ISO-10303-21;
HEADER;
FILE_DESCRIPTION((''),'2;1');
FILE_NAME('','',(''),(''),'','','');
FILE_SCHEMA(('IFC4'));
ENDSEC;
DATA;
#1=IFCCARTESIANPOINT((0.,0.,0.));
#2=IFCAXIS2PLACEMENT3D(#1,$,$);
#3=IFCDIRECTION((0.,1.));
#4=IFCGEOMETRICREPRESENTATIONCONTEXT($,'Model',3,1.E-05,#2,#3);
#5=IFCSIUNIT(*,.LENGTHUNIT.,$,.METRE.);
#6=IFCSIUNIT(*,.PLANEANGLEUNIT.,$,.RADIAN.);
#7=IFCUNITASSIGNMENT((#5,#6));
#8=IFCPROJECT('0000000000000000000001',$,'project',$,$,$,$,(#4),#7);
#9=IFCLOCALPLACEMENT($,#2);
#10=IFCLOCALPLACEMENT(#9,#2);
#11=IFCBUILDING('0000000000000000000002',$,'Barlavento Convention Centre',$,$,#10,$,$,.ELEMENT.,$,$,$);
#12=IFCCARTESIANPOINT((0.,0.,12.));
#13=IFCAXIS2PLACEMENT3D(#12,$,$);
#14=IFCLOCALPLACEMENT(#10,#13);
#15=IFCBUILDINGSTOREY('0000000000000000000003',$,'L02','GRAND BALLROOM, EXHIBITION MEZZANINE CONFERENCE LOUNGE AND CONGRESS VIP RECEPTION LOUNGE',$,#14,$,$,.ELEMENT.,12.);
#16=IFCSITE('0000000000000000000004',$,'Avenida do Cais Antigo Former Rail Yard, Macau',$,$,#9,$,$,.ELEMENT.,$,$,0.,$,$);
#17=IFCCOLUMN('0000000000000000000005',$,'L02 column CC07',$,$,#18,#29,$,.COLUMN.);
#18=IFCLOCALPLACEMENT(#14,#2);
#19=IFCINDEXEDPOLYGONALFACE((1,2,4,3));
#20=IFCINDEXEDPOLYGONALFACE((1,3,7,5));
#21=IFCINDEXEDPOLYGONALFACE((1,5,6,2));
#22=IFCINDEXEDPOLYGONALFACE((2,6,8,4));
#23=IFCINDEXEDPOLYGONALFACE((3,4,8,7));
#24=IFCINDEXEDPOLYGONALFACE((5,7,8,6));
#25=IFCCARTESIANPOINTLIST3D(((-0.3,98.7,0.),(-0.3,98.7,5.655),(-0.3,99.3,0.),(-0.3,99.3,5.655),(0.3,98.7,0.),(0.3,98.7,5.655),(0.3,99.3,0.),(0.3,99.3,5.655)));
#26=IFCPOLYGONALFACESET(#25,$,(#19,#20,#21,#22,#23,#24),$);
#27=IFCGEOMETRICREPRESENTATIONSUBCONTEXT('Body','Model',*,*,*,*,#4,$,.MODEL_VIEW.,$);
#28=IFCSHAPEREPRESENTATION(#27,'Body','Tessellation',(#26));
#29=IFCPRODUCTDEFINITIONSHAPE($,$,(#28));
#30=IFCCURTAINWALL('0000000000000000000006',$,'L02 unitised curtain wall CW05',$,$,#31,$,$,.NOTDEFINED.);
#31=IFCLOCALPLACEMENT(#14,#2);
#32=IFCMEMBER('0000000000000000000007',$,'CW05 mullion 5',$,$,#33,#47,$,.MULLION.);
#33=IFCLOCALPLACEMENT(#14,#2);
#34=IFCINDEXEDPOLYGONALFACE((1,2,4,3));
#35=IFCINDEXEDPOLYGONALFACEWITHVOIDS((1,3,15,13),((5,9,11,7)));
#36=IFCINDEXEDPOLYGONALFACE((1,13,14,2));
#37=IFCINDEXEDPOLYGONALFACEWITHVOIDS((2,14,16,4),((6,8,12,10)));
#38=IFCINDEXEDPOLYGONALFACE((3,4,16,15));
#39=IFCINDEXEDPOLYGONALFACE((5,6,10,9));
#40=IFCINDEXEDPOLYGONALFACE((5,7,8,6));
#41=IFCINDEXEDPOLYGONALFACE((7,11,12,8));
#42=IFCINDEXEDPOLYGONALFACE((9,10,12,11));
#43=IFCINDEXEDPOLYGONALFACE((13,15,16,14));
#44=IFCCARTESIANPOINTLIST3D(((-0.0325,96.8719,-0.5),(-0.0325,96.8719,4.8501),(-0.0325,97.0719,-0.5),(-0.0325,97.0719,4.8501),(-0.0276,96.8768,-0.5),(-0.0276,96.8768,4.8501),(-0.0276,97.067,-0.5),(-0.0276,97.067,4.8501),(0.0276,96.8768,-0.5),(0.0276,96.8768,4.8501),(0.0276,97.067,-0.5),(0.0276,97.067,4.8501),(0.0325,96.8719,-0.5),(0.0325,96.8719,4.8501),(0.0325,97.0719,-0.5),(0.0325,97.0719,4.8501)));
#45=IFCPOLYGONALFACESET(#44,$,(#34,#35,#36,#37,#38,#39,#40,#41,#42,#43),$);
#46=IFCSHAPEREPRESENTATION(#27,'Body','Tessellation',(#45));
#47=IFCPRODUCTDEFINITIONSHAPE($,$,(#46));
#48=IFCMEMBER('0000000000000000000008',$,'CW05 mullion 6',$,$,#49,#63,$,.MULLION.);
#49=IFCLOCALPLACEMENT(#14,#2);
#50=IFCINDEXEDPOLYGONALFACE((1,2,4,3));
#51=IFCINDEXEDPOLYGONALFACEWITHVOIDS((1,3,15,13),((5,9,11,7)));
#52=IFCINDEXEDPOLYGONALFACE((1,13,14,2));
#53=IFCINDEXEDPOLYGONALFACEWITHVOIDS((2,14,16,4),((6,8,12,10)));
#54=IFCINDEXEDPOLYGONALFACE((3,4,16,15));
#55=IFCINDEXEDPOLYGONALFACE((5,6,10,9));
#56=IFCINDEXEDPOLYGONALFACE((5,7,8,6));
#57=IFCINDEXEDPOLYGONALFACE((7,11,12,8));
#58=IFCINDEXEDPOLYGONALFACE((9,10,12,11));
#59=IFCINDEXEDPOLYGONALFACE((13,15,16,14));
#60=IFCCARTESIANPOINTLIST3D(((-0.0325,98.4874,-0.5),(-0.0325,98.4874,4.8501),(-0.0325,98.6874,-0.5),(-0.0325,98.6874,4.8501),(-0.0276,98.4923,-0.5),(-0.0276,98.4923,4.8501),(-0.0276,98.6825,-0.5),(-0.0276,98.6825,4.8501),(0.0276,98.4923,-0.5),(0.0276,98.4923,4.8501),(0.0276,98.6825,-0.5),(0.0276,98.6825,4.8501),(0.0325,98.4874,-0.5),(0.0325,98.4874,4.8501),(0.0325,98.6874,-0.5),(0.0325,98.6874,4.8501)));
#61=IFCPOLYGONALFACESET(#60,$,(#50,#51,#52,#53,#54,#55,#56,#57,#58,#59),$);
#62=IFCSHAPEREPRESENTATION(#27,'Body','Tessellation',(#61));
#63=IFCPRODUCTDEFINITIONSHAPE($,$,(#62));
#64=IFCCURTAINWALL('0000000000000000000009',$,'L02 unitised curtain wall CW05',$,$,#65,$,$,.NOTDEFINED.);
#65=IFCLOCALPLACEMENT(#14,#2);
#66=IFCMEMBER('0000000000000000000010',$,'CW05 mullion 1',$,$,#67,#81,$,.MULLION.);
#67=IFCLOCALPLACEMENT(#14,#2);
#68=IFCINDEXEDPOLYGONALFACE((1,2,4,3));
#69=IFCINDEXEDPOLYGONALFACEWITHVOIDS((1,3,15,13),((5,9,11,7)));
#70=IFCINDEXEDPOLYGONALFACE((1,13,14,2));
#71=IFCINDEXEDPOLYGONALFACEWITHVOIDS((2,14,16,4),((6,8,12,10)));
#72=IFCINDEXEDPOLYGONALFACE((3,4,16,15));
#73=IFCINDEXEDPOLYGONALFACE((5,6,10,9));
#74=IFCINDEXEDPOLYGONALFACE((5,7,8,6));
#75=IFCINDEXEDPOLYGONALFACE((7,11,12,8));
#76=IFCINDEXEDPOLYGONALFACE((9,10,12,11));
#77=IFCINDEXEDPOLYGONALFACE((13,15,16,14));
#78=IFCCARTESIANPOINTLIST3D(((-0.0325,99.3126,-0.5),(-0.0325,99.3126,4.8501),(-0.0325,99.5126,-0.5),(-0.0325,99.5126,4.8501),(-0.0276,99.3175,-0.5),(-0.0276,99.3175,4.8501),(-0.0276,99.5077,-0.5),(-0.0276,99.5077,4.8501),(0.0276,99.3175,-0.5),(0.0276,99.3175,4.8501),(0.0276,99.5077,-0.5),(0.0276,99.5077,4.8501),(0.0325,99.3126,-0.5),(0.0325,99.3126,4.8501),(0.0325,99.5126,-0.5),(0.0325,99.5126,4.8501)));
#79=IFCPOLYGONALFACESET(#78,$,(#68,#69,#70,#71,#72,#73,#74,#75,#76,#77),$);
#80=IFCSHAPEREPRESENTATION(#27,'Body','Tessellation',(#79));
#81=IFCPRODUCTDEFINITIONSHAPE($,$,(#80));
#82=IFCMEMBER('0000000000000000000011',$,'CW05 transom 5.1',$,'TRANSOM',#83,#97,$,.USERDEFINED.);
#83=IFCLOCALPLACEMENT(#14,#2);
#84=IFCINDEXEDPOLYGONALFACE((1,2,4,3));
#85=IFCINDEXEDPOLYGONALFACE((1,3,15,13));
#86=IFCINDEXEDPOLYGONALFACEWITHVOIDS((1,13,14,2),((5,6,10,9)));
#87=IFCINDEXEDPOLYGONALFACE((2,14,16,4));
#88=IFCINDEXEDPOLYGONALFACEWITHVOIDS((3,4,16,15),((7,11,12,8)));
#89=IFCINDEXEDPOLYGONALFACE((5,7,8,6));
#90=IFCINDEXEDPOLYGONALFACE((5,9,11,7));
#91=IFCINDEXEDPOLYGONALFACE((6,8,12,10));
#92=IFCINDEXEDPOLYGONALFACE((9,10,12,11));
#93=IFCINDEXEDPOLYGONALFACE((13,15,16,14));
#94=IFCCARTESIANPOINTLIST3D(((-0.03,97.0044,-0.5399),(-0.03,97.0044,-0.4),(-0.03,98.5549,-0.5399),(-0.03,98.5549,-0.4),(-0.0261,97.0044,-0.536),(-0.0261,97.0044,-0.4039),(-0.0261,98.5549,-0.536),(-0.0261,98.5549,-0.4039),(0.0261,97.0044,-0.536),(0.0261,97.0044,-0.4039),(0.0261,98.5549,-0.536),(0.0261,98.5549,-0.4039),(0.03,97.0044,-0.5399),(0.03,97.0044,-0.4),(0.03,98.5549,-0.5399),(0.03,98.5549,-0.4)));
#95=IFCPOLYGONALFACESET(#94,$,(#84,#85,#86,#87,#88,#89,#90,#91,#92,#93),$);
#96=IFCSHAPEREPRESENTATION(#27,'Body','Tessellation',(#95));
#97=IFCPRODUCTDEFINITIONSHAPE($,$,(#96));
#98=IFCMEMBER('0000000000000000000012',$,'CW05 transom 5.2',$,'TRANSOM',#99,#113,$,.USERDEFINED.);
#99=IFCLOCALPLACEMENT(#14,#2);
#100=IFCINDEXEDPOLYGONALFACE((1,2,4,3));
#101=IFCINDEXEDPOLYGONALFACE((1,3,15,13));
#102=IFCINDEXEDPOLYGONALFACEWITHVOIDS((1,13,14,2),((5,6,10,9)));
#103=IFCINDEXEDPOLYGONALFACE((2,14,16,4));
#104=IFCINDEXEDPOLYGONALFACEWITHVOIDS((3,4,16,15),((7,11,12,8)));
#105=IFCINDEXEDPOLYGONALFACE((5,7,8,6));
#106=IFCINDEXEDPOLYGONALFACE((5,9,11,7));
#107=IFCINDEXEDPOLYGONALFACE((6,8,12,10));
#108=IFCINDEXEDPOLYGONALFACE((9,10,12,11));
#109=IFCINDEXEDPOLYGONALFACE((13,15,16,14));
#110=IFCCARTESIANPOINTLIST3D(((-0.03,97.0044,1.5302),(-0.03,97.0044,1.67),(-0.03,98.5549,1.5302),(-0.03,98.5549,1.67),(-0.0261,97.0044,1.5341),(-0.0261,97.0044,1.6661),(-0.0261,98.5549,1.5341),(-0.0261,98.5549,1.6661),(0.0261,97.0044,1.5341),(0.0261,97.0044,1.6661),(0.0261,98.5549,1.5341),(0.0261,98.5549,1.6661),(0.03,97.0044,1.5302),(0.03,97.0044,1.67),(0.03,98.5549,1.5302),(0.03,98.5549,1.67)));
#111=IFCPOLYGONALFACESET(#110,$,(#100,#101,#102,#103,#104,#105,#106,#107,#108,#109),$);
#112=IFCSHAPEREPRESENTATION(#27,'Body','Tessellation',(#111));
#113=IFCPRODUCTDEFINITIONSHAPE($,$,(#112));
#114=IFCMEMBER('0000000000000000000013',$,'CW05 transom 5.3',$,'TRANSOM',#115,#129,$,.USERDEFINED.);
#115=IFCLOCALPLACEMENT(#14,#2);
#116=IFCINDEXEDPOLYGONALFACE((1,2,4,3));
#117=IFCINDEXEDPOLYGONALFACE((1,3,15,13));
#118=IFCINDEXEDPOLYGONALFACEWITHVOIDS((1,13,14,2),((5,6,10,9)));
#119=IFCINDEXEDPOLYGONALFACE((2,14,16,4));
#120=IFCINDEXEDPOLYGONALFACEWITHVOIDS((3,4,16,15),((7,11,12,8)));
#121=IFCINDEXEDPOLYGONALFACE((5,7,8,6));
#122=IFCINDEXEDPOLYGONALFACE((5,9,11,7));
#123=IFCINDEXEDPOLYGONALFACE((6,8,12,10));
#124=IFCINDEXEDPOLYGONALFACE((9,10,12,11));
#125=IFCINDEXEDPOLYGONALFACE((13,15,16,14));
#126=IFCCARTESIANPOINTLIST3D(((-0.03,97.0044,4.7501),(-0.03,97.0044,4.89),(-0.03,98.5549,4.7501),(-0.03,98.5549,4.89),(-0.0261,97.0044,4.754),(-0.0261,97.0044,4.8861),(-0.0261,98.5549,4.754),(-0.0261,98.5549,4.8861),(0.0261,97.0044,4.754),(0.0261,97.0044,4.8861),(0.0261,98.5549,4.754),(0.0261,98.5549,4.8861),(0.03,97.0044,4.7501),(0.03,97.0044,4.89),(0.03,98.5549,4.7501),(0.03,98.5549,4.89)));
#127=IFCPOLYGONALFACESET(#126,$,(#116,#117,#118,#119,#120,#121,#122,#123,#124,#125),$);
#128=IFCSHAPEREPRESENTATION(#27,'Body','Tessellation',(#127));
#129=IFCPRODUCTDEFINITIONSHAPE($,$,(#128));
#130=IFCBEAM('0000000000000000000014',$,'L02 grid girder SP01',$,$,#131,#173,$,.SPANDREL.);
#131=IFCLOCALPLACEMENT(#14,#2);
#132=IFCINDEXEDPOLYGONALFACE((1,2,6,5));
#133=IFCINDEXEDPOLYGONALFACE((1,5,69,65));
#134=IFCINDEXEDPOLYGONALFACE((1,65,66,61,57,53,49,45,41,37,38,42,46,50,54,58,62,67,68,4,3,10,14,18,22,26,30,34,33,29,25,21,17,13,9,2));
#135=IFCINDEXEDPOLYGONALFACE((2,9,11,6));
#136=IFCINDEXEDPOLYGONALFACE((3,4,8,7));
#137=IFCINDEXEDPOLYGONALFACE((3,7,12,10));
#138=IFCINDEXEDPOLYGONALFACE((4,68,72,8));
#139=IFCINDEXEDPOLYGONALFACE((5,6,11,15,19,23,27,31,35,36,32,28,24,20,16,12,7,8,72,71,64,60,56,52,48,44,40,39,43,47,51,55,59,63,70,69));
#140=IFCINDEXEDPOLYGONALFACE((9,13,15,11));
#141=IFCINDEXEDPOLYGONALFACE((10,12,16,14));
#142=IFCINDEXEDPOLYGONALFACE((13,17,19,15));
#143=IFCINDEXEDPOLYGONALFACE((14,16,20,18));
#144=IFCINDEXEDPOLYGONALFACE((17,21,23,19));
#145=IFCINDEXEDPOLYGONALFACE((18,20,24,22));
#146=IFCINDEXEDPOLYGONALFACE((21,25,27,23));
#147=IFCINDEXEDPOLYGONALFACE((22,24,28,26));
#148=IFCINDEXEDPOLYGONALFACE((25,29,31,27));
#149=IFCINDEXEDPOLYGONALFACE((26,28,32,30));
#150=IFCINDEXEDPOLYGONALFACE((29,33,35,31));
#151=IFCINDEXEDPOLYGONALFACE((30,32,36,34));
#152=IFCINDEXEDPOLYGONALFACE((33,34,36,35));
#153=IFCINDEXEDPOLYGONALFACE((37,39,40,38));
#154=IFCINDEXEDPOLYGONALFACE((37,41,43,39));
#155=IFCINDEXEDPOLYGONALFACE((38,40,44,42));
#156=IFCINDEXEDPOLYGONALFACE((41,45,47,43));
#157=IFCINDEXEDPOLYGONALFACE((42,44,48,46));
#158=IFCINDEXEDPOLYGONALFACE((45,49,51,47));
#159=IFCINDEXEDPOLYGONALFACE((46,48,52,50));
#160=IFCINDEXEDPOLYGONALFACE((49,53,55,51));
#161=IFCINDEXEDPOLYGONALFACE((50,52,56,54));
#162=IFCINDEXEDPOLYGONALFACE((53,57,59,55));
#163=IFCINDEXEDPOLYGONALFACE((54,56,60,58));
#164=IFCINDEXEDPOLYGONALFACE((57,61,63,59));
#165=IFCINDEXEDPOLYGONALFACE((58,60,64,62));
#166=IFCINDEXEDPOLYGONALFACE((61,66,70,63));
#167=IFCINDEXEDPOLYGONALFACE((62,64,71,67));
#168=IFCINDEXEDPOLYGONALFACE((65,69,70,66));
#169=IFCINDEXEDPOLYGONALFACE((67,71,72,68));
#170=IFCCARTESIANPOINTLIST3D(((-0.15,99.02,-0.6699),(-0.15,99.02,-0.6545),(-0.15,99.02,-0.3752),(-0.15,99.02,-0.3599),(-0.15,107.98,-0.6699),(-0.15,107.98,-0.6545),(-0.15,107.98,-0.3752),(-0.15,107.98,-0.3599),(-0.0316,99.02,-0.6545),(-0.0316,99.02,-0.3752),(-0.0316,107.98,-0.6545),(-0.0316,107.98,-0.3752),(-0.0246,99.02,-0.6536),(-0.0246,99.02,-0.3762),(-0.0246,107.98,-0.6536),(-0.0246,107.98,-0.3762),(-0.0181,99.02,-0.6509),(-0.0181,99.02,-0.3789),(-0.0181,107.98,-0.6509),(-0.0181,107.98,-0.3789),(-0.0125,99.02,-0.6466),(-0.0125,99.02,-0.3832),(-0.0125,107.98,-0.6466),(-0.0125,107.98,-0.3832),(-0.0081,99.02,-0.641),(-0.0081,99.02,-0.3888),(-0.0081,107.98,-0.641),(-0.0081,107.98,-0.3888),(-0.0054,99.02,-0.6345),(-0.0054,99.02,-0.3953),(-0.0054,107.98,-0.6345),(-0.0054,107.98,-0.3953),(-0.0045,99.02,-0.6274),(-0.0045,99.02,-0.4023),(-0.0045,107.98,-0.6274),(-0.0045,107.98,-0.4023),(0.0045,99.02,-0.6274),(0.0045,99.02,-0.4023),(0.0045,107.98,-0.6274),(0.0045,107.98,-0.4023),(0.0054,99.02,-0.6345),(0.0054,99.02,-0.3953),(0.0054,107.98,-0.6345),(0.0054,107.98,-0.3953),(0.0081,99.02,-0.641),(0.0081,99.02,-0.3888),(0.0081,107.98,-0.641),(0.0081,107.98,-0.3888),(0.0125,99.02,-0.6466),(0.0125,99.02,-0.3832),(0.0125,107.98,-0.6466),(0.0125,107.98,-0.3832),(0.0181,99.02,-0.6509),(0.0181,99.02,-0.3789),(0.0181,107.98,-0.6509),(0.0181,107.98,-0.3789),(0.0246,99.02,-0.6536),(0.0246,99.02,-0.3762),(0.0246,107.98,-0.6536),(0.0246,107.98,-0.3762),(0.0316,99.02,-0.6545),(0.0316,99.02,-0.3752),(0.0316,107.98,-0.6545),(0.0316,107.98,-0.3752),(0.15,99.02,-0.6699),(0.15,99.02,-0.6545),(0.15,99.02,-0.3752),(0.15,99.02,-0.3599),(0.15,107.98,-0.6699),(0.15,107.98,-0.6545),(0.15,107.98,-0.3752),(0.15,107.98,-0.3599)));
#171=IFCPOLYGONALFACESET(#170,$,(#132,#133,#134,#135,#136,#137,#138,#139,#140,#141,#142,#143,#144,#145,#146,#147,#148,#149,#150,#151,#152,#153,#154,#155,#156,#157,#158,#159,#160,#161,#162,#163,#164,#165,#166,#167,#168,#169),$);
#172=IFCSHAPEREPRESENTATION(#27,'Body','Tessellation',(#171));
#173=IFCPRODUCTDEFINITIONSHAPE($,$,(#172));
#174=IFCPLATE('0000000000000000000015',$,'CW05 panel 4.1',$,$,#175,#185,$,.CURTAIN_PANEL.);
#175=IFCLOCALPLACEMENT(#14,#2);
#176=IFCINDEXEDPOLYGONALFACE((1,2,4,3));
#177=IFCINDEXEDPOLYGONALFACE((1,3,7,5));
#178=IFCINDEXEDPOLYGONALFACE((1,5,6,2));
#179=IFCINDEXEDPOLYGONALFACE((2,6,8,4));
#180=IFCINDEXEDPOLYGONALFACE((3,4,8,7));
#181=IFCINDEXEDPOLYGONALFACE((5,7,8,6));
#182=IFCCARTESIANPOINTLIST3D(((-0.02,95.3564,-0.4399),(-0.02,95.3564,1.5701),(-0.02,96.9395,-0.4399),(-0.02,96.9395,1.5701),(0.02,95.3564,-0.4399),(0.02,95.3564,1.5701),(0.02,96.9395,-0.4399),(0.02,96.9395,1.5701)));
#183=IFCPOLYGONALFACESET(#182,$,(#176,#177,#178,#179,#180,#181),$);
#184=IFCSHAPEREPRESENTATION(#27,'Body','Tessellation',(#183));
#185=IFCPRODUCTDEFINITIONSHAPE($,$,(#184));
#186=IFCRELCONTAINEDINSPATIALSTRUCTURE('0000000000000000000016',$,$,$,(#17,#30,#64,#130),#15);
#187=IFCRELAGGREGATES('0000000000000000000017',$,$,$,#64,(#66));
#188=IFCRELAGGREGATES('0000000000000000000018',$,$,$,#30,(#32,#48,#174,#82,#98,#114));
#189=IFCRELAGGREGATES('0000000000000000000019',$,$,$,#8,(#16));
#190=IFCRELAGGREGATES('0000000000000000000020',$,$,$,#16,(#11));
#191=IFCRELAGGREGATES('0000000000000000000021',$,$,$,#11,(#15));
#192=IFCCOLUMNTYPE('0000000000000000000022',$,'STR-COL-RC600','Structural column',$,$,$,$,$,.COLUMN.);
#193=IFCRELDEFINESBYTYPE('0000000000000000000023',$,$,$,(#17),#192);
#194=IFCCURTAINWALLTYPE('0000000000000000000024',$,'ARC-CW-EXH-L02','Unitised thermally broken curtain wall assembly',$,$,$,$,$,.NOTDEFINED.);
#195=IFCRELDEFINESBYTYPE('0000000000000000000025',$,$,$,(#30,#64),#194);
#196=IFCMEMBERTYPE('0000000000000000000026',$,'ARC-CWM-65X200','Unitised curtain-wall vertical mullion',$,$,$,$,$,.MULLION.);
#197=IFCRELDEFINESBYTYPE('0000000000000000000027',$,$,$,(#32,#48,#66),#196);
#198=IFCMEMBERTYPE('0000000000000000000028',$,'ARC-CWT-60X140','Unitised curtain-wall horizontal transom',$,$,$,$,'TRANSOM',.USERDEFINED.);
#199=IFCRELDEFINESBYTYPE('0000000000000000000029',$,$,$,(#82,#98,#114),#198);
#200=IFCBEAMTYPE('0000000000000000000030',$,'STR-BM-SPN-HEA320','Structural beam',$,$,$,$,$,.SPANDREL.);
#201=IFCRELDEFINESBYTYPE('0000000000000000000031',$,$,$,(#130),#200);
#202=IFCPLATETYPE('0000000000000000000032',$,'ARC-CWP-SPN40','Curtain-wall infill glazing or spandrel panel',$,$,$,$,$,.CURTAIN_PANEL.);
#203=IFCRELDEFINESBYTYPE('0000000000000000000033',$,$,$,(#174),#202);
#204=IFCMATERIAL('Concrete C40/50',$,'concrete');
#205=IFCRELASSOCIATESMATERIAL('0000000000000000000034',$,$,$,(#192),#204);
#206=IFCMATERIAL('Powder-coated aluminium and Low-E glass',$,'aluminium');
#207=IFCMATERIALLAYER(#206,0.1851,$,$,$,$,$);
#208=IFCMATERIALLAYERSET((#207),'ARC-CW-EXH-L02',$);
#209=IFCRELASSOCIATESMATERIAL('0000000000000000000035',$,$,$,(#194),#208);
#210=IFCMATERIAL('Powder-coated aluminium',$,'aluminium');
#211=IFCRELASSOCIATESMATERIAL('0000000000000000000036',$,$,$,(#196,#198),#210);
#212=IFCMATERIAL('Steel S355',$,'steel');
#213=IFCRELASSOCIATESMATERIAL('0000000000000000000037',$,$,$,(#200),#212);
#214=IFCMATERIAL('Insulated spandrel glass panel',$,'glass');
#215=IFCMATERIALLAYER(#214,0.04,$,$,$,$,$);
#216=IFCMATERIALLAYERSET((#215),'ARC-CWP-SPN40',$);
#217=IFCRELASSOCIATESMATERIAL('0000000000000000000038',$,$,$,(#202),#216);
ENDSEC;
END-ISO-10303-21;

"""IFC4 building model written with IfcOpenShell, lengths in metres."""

from ifc_helpers import new_model, si_unit, direction, frame, origin, origin_2d, place, context, subcontext, project, spatial, rectangle, hollow_rectangle, i_section, extrude, material, layer, layer_set, material_profile, profile_set, type_object, element, aggregate, save


model = new_model("IFC4")

# Units and contexts
model_context = context("Model", 3, precision=1e-05, world=origin(), true_north=direction((0.0, 1.0)))
body_context = subcontext(model_context, "Body", "Model", "MODEL_VIEW")
ifc_project = project(units=[si_unit("LENGTHUNIT", "METRE"), si_unit("PLANEANGLEUNIT", "RADIAN")], contexts=[model_context])

# Site, building, storey
site_placement = place(None, origin())
site = spatial("IfcSite", under=ifc_project, at=site_placement, Name="Avenida do Cais Antigo Former Rail Yard, Macau", CompositionType="ELEMENT", RefElevation=0.0)
building_placement = place(site_placement, origin())
building = spatial("IfcBuilding", under=site, at=building_placement, Name="Barlavento Convention Centre", CompositionType="ELEMENT")
storey_placement = place(building_placement, frame((0.0, 0.0, 12.0)))
storey = spatial("IfcBuildingStorey", under=building, at=storey_placement, Name="L02", Description="GRAND BALLROOM, EXHIBITION MEZZANINE CONFERENCE LOUNGE AND CONGRESS VIP RECEPTION LOUNGE", CompositionType="ELEMENT", Elevation=12.0)

# Column
ifc_material_1 = material(Name="Concrete C40/50", Category="concrete")
ifc_material_profile_1 = material_profile(ifc_material_1, rectangle(XDim=0.6001, YDim=0.6001, at=origin_2d()), Name="RC 600x600")
ifc_profile_set_1 = profile_set([ifc_material_profile_1], Name="Concrete C40/50")
column_type = type_object("IfcColumnType", Name="STR-COL-RC600", Description="Structural column", PredefinedType="COLUMN", material=ifc_profile_set_1)
column_placement = place(storey_placement, frame((0.0, 99.0, 0.0), z_axis=(0.0, 0.0, 1.0), x_axis=(1.0, 0.0, 0.0)))
element("IfcColumn", 1, at=column_placement, inside=storey, type_object=column_type, Name="L02 column CC07", PredefinedType="COLUMN", context=body_context, shape_type="SweptSolid", body=[
    extrude(rectangle(XDim=0.6001, YDim=0.6001, at=origin_2d()), origin(), (0.0, 0.0, 1.0), 5.655),
])

# Curtain wall, members
ifc_material_2 = material(Name="Powder-coated aluminium and Low-E glass", Category="aluminium")
ifc_layer_1 = layer(ifc_material_2, 0.1851)
ifc_layer_set_1 = layer_set([ifc_layer_1], Name="ARC-CW-EXH-L02")
curtain_wall_type = type_object("IfcCurtainWallType", Name="ARC-CW-EXH-L02", Description="Unitised thermally broken curtain wall assembly", PredefinedType="NOTDEFINED", material=ifc_layer_set_1)
curtain_wall_1_placement = place(storey_placement, origin())
curtain_wall_1 = element("IfcCurtainWall", 2, at=curtain_wall_1_placement, inside=storey, type_object=curtain_wall_type, Name="L02 unitised curtain wall CW05", PredefinedType="NOTDEFINED")
ifc_material_3 = material(Name="Powder-coated aluminium", Category="aluminium")
ifc_material_profile_2 = material_profile(ifc_material_3, hollow_rectangle(XDim=0.0649, YDim=0.2, WallThickness=0.0049, at=origin_2d()), Name="AL-MULL 65x200x5")
ifc_profile_set_2 = profile_set([ifc_material_profile_2], Name="Powder-coated aluminium")
member_type_1 = type_object("IfcMemberType", Name="ARC-CWM-65X200", Description="Unitised curtain-wall vertical mullion", PredefinedType="MULLION", material=ifc_profile_set_2)
member_1_placement = place(storey_placement, frame((0.0, 96.9719, -0.5), z_axis=(0.0, 0.0, 1.0), x_axis=(-1.0, 0.0, 0.0)))
member_1 = element("IfcMember", 3, at=member_1_placement, type_object=member_type_1, Name="CW05 mullion 5", PredefinedType="MULLION", context=body_context, shape_type="SweptSolid", body=[
    extrude(hollow_rectangle(XDim=0.0649, YDim=0.2, WallThickness=0.0049, at=origin_2d()), origin(), (0.0, 0.0, 1.0), 5.3501),
])
member_2_placement = place(storey_placement, frame((0.0, 98.5874, -0.5), z_axis=(0.0, 0.0, 1.0), x_axis=(-1.0, 0.0, 0.0)))
member_2 = element("IfcMember", 4, at=member_2_placement, type_object=member_type_1, Name="CW05 mullion 6", PredefinedType="MULLION", context=body_context, shape_type="SweptSolid", body=[
    extrude(hollow_rectangle(XDim=0.0649, YDim=0.2, WallThickness=0.0049, at=origin_2d()), origin(), (0.0, 0.0, 1.0), 5.3501),
])

# Curtain wall, member
curtain_wall_2_placement = place(storey_placement, origin())
curtain_wall_2 = element("IfcCurtainWall", 5, at=curtain_wall_2_placement, inside=storey, type_object=curtain_wall_type, Name="L02 unitised curtain wall CW05", PredefinedType="NOTDEFINED")
member_3_placement = place(storey_placement, frame((0.0, 99.4126, -0.5), z_axis=(0.0, 0.0, 1.0), x_axis=(-1.0, 0.0, 0.0)))
member_3 = element("IfcMember", 6, at=member_3_placement, type_object=member_type_1, Name="CW05 mullion 1", PredefinedType="MULLION", context=body_context, shape_type="SweptSolid", body=[
    extrude(hollow_rectangle(XDim=0.0649, YDim=0.2, WallThickness=0.0049, at=origin_2d()), origin(), (0.0, 0.0, 1.0), 5.3501),
])
aggregate(curtain_wall_2, [member_3])

# Members
ifc_material_profile_3 = material_profile(ifc_material_3, hollow_rectangle(XDim=0.0601, YDim=0.1399, WallThickness=0.0039, at=origin_2d()), Name="AL-TRAN 60x140x4")
ifc_profile_set_3 = profile_set([ifc_material_profile_3], Name="Powder-coated aluminium")
member_type_2 = type_object("IfcMemberType", Name="ARC-CWT-60X140", Description="Unitised curtain-wall horizontal transom", ElementType="TRANSOM", PredefinedType="USERDEFINED", material=ifc_profile_set_3)
member_4_placement = place(storey_placement, frame((0.0, 97.0044, -0.47), z_axis=(0.0, 1.0, 0.0), x_axis=(-1.0, 0.0, 0.0)))
member_4 = element("IfcMember", 7, at=member_4_placement, type_object=member_type_2, Name="CW05 transom 5.1", ObjectType="TRANSOM", PredefinedType="USERDEFINED", context=body_context, shape_type="SweptSolid", body=[
    extrude(hollow_rectangle(XDim=0.0601, YDim=0.1399, WallThickness=0.0039, at=origin_2d()), origin(), (0.0, 0.0, 1.0), 1.5505),
])
member_5_placement = place(storey_placement, frame((0.0, 97.0044, 1.6001), z_axis=(0.0, 1.0, 0.0), x_axis=(-1.0, 0.0, 0.0)))
member_5 = element("IfcMember", 8, at=member_5_placement, type_object=member_type_2, Name="CW05 transom 5.2", ObjectType="TRANSOM", PredefinedType="USERDEFINED", context=body_context, shape_type="SweptSolid", body=[
    extrude(hollow_rectangle(XDim=0.0601, YDim=0.1399, WallThickness=0.0039, at=origin_2d()), origin(), (0.0, 0.0, 1.0), 1.5505),
])
member_6_placement = place(storey_placement, frame((0.0, 97.0044, 4.8201), z_axis=(0.0, 1.0, 0.0), x_axis=(-1.0, 0.0, 0.0)))
member_6 = element("IfcMember", 9, at=member_6_placement, type_object=member_type_2, Name="CW05 transom 5.3", ObjectType="TRANSOM", PredefinedType="USERDEFINED", context=body_context, shape_type="SweptSolid", body=[
    extrude(hollow_rectangle(XDim=0.0601, YDim=0.1399, WallThickness=0.0039, at=origin_2d()), origin(), (0.0, 0.0, 1.0), 1.5505),
])

# Beam
ifc_material_4 = material(Name="Steel S355", Category="steel")
ifc_material_profile_4 = material_profile(ifc_material_4, i_section(OverallWidth=0.3, OverallDepth=0.3101, WebThickness=0.009, FlangeThickness=0.0154, FilletRadius=0.0271, at=origin_2d()), Name="HEA 320")
ifc_profile_set_4 = profile_set([ifc_material_profile_4], Name="Steel S355")
beam_type = type_object("IfcBeamType", Name="STR-BM-SPN-HEA320", Description="Structural beam", PredefinedType="SPANDREL", material=ifc_profile_set_4)
beam_placement = place(storey_placement, frame((0.0, 99.02, -0.5149), z_axis=(0.0, 1.0, 0.0), x_axis=(-1.0, 0.0, 0.0)))
element("IfcBeam", 10, at=beam_placement, inside=storey, type_object=beam_type, Name="L02 grid girder SP01", PredefinedType="SPANDREL", context=body_context, shape_type="SweptSolid", body=[
    extrude(i_section(OverallWidth=0.3, OverallDepth=0.3101, WebThickness=0.009, FlangeThickness=0.0154, FilletRadius=0.0271, at=origin_2d()), origin(), (0.0, 0.0, 1.0), 8.96),
])

# Plate
ifc_material_5 = material(Name="Insulated spandrel glass panel", Category="glass")
ifc_layer_2 = layer(ifc_material_5, 0.04)
ifc_layer_set_2 = layer_set([ifc_layer_2], Name="ARC-CWP-SPN40")
plate_type = type_object("IfcPlateType", Name="ARC-CWP-SPN40", Description="Curtain-wall infill glazing or spandrel panel", PredefinedType="CURTAIN_PANEL", material=ifc_layer_set_2)
plate_1_placement = place(storey_placement, frame((0.0, 96.1479, -0.4399), z_axis=(0.0, 0.0, 1.0), x_axis=(0.0, 1.0, 0.0)))
plate_1 = element("IfcPlate", 11, at=plate_1_placement, type_object=plate_type, Name="CW05 panel 4.1", PredefinedType="CURTAIN_PANEL", context=body_context, shape_type="SweptSolid", body=[
    extrude(rectangle(XDim=1.583, YDim=0.04, at=origin_2d()), origin(), (0.0, 0.0, 1.0), 2.01),
])
aggregate(curtain_wall_1, [member_1, member_2, plate_1, member_4, member_5, member_6])

save(model, "model.ifc")
